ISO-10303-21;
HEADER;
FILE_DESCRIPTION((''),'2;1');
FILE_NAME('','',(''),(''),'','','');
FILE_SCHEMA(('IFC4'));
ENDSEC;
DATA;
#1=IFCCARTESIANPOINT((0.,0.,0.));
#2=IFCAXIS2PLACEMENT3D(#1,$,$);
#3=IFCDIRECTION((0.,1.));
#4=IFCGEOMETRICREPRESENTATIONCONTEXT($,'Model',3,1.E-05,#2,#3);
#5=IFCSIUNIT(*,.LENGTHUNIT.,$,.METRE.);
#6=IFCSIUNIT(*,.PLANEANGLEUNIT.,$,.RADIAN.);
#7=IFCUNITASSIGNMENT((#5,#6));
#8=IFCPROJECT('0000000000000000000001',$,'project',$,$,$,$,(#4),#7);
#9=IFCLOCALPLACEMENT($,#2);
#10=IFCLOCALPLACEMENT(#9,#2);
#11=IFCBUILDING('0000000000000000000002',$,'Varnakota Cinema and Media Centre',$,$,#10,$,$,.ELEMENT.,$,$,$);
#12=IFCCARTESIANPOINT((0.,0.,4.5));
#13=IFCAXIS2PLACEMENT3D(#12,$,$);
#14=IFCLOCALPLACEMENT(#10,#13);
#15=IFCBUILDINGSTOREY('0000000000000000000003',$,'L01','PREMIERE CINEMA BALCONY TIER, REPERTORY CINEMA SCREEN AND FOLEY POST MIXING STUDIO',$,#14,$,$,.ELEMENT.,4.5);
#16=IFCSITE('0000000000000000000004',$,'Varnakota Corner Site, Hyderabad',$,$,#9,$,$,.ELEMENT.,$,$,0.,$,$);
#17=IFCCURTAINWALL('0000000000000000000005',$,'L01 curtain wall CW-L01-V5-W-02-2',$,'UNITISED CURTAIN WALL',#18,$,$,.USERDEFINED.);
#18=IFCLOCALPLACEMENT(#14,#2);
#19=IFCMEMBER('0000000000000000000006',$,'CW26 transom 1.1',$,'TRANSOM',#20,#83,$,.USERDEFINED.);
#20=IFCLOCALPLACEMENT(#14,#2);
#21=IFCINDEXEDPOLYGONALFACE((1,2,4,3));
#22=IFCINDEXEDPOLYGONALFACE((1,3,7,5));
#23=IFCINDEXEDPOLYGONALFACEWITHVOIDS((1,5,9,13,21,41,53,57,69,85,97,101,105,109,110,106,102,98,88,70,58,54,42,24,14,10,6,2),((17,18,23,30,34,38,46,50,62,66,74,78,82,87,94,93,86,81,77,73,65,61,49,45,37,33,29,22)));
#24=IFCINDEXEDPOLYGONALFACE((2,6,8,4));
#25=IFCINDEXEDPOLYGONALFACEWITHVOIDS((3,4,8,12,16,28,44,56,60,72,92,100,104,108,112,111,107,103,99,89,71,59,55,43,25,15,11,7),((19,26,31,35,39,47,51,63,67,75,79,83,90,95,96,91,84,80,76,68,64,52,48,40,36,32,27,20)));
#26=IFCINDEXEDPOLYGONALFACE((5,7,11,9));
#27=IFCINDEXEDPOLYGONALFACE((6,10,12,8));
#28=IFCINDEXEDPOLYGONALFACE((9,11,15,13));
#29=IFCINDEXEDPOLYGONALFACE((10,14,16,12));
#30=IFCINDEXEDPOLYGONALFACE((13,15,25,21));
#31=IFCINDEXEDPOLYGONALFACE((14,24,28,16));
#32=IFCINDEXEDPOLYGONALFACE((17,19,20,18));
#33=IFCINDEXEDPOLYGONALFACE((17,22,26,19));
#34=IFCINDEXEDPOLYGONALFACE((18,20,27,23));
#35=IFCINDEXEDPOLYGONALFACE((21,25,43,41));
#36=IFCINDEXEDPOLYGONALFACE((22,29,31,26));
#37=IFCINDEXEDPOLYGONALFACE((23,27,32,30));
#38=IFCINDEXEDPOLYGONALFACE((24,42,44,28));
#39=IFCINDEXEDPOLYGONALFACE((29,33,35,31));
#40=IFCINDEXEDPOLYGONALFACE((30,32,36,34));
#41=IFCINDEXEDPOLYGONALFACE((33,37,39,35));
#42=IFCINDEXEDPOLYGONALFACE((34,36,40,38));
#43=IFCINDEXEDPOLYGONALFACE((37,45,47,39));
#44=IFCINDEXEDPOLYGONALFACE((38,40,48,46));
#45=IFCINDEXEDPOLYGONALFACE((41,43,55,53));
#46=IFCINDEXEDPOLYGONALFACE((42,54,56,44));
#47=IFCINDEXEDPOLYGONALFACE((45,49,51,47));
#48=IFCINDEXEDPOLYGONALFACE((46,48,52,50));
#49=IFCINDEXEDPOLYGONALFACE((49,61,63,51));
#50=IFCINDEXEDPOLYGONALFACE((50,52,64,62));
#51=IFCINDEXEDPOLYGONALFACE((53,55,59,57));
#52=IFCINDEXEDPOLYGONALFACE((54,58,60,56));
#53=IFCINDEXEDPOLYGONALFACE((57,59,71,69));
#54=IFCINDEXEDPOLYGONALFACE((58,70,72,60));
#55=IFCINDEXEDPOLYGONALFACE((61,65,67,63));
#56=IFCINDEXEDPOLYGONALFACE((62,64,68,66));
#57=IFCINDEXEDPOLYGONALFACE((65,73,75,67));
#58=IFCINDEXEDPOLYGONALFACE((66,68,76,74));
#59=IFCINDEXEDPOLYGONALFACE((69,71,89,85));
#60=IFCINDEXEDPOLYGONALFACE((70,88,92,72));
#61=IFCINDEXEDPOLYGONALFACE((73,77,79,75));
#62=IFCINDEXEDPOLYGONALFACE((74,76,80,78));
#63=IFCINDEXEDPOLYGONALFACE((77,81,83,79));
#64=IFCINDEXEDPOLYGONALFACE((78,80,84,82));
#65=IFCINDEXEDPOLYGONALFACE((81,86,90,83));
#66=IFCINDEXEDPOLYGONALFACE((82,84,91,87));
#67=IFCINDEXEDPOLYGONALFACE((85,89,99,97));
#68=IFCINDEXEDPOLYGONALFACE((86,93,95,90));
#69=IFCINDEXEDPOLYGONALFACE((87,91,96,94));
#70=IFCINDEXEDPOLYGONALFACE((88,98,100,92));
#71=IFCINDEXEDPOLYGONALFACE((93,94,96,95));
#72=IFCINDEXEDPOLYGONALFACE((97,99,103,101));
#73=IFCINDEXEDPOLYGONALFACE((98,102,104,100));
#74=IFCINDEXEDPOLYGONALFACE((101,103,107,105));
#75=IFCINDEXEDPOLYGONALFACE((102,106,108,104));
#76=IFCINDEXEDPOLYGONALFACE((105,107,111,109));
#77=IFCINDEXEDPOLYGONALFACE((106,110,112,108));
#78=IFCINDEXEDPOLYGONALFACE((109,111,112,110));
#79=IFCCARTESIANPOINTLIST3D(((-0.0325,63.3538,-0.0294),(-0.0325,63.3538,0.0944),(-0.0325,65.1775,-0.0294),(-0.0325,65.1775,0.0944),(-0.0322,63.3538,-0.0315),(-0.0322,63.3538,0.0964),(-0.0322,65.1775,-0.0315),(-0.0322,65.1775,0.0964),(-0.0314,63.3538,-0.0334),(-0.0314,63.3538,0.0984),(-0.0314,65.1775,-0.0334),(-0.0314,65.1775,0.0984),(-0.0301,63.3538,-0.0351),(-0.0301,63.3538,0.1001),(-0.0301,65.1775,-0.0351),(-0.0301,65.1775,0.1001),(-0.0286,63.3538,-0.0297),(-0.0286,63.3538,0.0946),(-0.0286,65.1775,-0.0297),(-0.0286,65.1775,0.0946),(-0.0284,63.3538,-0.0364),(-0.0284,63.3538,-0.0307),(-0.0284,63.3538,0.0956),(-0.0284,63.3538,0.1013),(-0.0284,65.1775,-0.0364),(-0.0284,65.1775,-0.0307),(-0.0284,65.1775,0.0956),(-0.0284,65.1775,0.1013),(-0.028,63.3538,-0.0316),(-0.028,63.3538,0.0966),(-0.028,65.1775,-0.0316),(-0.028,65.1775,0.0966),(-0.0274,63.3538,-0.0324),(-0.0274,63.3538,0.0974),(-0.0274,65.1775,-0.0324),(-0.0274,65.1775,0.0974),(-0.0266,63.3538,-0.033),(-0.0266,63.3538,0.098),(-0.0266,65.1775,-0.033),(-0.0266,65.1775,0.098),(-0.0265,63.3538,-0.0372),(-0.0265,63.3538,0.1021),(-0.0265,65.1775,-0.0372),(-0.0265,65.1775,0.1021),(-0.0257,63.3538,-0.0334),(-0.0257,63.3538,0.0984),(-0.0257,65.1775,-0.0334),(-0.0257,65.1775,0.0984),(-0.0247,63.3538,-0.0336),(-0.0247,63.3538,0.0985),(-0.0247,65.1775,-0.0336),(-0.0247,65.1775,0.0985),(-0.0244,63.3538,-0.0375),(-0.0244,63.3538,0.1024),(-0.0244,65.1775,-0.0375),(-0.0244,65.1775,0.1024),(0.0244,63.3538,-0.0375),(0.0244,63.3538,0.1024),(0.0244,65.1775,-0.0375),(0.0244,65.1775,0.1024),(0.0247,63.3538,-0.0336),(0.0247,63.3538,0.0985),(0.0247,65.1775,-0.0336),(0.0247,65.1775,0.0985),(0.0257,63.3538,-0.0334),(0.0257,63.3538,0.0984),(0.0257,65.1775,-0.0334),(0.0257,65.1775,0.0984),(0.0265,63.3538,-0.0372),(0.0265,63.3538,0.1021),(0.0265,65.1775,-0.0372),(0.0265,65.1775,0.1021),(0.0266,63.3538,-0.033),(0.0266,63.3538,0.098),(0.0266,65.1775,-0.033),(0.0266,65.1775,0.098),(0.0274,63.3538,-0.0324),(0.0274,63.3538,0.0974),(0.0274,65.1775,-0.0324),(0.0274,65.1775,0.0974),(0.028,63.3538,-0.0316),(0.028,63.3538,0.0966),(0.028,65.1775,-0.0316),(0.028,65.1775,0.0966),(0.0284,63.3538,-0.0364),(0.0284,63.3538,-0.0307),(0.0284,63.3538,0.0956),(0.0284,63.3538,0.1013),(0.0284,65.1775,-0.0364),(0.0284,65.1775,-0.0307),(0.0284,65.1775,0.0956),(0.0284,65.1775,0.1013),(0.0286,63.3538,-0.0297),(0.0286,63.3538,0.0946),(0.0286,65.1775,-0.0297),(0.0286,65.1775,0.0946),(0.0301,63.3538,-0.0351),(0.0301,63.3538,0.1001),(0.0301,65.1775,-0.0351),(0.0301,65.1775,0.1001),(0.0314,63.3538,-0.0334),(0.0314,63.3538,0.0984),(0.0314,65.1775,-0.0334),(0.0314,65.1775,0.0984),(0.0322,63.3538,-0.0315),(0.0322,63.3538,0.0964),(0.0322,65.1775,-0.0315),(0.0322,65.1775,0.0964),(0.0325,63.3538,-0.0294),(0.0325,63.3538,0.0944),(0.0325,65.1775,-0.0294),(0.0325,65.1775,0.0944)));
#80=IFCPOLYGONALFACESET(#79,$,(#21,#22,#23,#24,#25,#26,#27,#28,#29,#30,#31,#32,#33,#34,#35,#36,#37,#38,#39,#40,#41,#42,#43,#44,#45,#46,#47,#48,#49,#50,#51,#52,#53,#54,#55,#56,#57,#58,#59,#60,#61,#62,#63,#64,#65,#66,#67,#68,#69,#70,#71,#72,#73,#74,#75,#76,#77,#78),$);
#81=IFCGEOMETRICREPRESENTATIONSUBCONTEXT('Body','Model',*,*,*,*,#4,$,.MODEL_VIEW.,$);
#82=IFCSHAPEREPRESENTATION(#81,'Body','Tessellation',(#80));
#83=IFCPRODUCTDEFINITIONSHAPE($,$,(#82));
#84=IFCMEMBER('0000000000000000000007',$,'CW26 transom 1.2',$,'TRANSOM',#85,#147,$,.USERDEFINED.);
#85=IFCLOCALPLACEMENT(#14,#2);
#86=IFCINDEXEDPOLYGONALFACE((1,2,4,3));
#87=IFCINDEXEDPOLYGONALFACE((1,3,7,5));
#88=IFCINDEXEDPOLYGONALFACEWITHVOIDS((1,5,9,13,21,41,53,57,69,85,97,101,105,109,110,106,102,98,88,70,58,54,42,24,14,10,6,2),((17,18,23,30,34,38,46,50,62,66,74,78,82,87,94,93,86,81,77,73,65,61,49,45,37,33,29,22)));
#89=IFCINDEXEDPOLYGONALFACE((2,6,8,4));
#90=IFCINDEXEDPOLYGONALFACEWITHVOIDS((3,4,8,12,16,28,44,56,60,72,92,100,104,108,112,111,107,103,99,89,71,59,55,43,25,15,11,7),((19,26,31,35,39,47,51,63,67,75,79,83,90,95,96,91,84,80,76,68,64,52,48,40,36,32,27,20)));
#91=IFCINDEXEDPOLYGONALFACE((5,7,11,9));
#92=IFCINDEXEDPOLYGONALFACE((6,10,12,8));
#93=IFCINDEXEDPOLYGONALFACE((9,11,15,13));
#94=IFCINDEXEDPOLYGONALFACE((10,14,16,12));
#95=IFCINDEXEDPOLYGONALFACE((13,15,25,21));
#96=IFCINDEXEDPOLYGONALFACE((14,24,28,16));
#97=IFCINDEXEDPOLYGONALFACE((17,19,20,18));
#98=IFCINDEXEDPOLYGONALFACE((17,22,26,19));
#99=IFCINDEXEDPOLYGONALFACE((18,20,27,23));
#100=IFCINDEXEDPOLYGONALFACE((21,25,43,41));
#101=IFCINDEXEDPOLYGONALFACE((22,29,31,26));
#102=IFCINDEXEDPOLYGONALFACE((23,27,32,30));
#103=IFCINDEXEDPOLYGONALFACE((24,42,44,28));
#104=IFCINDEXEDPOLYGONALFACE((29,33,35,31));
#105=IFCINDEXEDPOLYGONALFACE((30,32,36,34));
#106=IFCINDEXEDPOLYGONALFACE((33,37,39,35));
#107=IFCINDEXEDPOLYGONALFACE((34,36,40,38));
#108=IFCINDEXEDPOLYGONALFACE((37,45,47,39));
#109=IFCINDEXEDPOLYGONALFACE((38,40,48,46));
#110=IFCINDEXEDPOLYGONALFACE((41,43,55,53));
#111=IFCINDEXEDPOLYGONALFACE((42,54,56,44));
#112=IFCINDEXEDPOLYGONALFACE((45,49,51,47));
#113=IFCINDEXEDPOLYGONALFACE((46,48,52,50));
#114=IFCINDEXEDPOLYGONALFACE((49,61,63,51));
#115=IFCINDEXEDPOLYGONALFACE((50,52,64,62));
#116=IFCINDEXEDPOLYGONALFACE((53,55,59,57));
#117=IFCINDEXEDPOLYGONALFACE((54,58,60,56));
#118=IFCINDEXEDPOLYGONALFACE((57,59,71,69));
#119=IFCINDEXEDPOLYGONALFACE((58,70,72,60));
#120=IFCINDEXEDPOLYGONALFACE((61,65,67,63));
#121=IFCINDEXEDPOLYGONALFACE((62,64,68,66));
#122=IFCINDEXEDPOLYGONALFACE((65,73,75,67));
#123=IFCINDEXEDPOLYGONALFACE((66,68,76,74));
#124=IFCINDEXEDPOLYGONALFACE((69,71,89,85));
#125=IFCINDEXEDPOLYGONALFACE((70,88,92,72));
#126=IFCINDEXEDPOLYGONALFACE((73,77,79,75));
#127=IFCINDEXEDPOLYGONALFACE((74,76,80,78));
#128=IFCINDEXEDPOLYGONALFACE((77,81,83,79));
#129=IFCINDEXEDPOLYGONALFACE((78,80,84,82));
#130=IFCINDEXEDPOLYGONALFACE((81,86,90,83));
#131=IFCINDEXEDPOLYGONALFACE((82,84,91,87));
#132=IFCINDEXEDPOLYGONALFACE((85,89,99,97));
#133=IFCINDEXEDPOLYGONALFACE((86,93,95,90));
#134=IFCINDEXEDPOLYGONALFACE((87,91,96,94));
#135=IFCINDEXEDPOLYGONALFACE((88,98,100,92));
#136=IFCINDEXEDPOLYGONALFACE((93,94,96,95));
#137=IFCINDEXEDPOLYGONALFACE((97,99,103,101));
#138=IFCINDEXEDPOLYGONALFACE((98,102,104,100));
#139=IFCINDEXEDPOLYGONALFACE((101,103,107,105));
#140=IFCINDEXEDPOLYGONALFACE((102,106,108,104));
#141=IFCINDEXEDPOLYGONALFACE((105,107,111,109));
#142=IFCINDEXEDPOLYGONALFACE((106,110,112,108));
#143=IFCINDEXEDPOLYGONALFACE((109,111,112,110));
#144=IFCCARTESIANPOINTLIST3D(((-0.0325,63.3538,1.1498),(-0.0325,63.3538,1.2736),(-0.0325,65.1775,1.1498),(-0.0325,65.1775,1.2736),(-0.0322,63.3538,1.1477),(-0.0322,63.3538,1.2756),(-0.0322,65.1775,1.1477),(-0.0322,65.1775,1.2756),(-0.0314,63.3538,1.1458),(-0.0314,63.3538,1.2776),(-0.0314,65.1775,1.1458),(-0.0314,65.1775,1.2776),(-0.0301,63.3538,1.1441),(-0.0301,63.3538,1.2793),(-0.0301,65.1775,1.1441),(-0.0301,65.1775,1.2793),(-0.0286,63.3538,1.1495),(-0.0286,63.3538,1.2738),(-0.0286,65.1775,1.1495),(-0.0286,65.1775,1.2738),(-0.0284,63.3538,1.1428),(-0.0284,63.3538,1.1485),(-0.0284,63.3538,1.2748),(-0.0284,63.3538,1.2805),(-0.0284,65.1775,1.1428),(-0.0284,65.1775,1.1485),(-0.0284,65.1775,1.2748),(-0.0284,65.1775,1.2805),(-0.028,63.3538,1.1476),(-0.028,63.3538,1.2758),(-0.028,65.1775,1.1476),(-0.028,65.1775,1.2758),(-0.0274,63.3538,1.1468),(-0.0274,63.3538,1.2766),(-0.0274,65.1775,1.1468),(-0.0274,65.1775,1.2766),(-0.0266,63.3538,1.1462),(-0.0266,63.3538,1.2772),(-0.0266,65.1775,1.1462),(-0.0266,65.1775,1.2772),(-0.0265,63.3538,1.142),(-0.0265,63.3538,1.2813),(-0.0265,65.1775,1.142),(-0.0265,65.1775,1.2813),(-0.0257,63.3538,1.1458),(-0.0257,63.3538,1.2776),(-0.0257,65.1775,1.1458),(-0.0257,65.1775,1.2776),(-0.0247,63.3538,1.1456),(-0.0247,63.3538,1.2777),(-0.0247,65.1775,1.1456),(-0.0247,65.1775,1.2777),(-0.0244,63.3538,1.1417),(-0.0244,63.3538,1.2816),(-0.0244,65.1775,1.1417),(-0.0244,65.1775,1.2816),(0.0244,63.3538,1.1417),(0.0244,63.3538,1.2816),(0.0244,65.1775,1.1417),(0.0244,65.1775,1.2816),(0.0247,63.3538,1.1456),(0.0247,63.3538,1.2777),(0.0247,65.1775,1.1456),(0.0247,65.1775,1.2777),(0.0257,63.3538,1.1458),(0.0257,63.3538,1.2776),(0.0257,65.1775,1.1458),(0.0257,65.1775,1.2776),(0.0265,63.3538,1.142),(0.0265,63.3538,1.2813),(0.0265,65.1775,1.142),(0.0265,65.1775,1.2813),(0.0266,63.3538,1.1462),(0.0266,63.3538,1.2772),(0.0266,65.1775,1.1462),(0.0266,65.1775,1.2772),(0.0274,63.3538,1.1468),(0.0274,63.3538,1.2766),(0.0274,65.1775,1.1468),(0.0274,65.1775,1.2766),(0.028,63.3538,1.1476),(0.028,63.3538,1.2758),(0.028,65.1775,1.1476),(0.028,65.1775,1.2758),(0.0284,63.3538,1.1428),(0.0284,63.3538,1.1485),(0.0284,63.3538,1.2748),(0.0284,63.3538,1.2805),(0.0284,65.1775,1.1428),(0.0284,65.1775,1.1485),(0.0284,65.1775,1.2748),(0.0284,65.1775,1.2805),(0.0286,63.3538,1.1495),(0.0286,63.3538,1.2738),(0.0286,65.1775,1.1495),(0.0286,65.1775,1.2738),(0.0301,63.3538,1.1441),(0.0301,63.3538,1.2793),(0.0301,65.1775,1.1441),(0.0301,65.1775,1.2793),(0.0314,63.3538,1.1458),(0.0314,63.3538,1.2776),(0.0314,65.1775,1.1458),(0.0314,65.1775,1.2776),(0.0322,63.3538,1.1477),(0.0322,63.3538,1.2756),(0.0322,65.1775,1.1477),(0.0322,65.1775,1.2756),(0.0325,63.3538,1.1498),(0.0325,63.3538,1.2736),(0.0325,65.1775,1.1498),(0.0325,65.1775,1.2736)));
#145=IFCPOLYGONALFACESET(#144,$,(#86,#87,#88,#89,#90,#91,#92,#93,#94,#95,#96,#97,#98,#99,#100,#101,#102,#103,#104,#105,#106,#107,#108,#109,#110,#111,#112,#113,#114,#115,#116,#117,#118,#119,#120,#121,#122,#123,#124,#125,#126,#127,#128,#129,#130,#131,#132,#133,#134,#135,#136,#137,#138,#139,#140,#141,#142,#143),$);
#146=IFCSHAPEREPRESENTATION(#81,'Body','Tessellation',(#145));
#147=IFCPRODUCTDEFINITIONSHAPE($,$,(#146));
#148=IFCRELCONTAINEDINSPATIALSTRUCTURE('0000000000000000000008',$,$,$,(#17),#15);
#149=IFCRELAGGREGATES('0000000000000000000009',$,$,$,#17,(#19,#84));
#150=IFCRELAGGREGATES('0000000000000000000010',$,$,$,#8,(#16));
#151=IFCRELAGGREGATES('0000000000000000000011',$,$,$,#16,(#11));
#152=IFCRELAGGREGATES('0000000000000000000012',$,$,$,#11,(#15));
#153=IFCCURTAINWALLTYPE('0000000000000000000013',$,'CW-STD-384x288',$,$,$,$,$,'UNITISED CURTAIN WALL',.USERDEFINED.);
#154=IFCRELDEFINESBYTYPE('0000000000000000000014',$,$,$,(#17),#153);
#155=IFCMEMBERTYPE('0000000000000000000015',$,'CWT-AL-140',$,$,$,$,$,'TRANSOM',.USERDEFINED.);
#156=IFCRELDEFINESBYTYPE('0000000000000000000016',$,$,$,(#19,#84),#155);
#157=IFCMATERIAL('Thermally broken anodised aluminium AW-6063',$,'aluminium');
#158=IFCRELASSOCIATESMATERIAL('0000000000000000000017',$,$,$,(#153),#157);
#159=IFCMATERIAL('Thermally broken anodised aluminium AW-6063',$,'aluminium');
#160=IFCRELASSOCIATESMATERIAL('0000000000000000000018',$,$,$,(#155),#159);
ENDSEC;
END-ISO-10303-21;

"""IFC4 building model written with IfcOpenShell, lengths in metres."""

from ifc_helpers import new_model, si_unit, direction, frame, origin, origin_2d, place, context, subcontext, project, spatial, hollow_rectangle, extrude, material, material_profile, profile_set, type_object, element, aggregate, save


model = new_model("IFC4")

# Units and contexts
model_context = context("Model", 3, precision=1e-05, world=origin(), true_north=direction((0.0, 1.0)))
body_context = subcontext(model_context, "Body", "Model", "MODEL_VIEW")
ifc_project = project(units=[si_unit("LENGTHUNIT", "METRE"), si_unit("PLANEANGLEUNIT", "RADIAN")], contexts=[model_context])

# Site, building, storey
site_placement = place(None, origin())
site = spatial("IfcSite", under=ifc_project, at=site_placement, Name="Varnakota Corner Site, Hyderabad", CompositionType="ELEMENT", RefElevation=0.0)
building_placement = place(site_placement, origin())
building = spatial("IfcBuilding", under=site, at=building_placement, Name="Varnakota Cinema and Media Centre", CompositionType="ELEMENT")
storey_placement = place(building_placement, frame((0.0, 0.0, 4.5)))
storey = spatial("IfcBuildingStorey", under=building, at=storey_placement, Name="L01", Description="PREMIERE CINEMA BALCONY TIER, REPERTORY CINEMA SCREEN AND FOLEY POST MIXING STUDIO", CompositionType="ELEMENT", Elevation=4.5)

# Curtain wall
ifc_material_1 = material(Name="Thermally broken anodised aluminium AW-6063", Category="aluminium")
curtain_wall_type = type_object("IfcCurtainWallType", Name="CW-STD-384x288", ElementType="UNITISED CURTAIN WALL", PredefinedType="USERDEFINED", material=ifc_material_1)
curtain_wall_1_placement = place(storey_placement, origin())
curtain_wall_1 = element("IfcCurtainWall", 1, at=curtain_wall_1_placement, inside=storey, type_object=curtain_wall_type, Name="L01 curtain wall CW-L01-V5-W-02-2", ObjectType="UNITISED CURTAIN WALL", PredefinedType="USERDEFINED")

# Members
ifc_material_2 = material(Name="Thermally broken anodised aluminium AW-6063", Category="aluminium")
ifc_material_profile_1 = material_profile(ifc_material_2, hollow_rectangle(XDim=0.0649, YDim=0.1399, WallThickness=0.0039, InnerFilletRadius=0.0039, OuterFilletRadius=0.0081, at=origin_2d()), Name="AL-TRANSOM 140x65x4")
ifc_profile_set_1 = profile_set([ifc_material_profile_1], Name="Thermally broken anodised aluminium AW-6063")
member_type_1 = type_object("IfcMemberType", Name="CWT-AL-140", ElementType="TRANSOM", PredefinedType="USERDEFINED", material=ifc_profile_set_1)
member_1_placement = place(storey_placement, frame((0.0, 65.1775, 0.0325), z_axis=(0.0, -1.0, 0.0), x_axis=(1.0, 0.0, 0.0)))
member_1 = element("IfcMember", 2, at=member_1_placement, type_object=member_type_1, Name="CW26 transom 1.1", ObjectType="TRANSOM", PredefinedType="USERDEFINED", context=body_context, shape_type="SweptSolid", body=[
    extrude(hollow_rectangle(XDim=0.0649, YDim=0.1399, WallThickness=0.0039, InnerFilletRadius=0.0039, OuterFilletRadius=0.0081, at=origin_2d()), origin(), (0.0, 0.0, 1.0), 1.8237),
])
member_2_placement = place(storey_placement, frame((0.0, 65.1775, 1.2117), z_axis=(0.0, -1.0, 0.0), x_axis=(1.0, 0.0, 0.0)))
member_2 = element("IfcMember", 3, at=member_2_placement, type_object=member_type_1, Name="CW26 transom 1.2", ObjectType="TRANSOM", PredefinedType="USERDEFINED", context=body_context, shape_type="SweptSolid", body=[
    extrude(hollow_rectangle(XDim=0.0649, YDim=0.1399, WallThickness=0.0039, InnerFilletRadius=0.0039, OuterFilletRadius=0.0081, at=origin_2d()), origin(), (0.0, 0.0, 1.0), 1.8237),
])

aggregate(curtain_wall_1, [member_1, member_2])

save(model, "model.ifc")
